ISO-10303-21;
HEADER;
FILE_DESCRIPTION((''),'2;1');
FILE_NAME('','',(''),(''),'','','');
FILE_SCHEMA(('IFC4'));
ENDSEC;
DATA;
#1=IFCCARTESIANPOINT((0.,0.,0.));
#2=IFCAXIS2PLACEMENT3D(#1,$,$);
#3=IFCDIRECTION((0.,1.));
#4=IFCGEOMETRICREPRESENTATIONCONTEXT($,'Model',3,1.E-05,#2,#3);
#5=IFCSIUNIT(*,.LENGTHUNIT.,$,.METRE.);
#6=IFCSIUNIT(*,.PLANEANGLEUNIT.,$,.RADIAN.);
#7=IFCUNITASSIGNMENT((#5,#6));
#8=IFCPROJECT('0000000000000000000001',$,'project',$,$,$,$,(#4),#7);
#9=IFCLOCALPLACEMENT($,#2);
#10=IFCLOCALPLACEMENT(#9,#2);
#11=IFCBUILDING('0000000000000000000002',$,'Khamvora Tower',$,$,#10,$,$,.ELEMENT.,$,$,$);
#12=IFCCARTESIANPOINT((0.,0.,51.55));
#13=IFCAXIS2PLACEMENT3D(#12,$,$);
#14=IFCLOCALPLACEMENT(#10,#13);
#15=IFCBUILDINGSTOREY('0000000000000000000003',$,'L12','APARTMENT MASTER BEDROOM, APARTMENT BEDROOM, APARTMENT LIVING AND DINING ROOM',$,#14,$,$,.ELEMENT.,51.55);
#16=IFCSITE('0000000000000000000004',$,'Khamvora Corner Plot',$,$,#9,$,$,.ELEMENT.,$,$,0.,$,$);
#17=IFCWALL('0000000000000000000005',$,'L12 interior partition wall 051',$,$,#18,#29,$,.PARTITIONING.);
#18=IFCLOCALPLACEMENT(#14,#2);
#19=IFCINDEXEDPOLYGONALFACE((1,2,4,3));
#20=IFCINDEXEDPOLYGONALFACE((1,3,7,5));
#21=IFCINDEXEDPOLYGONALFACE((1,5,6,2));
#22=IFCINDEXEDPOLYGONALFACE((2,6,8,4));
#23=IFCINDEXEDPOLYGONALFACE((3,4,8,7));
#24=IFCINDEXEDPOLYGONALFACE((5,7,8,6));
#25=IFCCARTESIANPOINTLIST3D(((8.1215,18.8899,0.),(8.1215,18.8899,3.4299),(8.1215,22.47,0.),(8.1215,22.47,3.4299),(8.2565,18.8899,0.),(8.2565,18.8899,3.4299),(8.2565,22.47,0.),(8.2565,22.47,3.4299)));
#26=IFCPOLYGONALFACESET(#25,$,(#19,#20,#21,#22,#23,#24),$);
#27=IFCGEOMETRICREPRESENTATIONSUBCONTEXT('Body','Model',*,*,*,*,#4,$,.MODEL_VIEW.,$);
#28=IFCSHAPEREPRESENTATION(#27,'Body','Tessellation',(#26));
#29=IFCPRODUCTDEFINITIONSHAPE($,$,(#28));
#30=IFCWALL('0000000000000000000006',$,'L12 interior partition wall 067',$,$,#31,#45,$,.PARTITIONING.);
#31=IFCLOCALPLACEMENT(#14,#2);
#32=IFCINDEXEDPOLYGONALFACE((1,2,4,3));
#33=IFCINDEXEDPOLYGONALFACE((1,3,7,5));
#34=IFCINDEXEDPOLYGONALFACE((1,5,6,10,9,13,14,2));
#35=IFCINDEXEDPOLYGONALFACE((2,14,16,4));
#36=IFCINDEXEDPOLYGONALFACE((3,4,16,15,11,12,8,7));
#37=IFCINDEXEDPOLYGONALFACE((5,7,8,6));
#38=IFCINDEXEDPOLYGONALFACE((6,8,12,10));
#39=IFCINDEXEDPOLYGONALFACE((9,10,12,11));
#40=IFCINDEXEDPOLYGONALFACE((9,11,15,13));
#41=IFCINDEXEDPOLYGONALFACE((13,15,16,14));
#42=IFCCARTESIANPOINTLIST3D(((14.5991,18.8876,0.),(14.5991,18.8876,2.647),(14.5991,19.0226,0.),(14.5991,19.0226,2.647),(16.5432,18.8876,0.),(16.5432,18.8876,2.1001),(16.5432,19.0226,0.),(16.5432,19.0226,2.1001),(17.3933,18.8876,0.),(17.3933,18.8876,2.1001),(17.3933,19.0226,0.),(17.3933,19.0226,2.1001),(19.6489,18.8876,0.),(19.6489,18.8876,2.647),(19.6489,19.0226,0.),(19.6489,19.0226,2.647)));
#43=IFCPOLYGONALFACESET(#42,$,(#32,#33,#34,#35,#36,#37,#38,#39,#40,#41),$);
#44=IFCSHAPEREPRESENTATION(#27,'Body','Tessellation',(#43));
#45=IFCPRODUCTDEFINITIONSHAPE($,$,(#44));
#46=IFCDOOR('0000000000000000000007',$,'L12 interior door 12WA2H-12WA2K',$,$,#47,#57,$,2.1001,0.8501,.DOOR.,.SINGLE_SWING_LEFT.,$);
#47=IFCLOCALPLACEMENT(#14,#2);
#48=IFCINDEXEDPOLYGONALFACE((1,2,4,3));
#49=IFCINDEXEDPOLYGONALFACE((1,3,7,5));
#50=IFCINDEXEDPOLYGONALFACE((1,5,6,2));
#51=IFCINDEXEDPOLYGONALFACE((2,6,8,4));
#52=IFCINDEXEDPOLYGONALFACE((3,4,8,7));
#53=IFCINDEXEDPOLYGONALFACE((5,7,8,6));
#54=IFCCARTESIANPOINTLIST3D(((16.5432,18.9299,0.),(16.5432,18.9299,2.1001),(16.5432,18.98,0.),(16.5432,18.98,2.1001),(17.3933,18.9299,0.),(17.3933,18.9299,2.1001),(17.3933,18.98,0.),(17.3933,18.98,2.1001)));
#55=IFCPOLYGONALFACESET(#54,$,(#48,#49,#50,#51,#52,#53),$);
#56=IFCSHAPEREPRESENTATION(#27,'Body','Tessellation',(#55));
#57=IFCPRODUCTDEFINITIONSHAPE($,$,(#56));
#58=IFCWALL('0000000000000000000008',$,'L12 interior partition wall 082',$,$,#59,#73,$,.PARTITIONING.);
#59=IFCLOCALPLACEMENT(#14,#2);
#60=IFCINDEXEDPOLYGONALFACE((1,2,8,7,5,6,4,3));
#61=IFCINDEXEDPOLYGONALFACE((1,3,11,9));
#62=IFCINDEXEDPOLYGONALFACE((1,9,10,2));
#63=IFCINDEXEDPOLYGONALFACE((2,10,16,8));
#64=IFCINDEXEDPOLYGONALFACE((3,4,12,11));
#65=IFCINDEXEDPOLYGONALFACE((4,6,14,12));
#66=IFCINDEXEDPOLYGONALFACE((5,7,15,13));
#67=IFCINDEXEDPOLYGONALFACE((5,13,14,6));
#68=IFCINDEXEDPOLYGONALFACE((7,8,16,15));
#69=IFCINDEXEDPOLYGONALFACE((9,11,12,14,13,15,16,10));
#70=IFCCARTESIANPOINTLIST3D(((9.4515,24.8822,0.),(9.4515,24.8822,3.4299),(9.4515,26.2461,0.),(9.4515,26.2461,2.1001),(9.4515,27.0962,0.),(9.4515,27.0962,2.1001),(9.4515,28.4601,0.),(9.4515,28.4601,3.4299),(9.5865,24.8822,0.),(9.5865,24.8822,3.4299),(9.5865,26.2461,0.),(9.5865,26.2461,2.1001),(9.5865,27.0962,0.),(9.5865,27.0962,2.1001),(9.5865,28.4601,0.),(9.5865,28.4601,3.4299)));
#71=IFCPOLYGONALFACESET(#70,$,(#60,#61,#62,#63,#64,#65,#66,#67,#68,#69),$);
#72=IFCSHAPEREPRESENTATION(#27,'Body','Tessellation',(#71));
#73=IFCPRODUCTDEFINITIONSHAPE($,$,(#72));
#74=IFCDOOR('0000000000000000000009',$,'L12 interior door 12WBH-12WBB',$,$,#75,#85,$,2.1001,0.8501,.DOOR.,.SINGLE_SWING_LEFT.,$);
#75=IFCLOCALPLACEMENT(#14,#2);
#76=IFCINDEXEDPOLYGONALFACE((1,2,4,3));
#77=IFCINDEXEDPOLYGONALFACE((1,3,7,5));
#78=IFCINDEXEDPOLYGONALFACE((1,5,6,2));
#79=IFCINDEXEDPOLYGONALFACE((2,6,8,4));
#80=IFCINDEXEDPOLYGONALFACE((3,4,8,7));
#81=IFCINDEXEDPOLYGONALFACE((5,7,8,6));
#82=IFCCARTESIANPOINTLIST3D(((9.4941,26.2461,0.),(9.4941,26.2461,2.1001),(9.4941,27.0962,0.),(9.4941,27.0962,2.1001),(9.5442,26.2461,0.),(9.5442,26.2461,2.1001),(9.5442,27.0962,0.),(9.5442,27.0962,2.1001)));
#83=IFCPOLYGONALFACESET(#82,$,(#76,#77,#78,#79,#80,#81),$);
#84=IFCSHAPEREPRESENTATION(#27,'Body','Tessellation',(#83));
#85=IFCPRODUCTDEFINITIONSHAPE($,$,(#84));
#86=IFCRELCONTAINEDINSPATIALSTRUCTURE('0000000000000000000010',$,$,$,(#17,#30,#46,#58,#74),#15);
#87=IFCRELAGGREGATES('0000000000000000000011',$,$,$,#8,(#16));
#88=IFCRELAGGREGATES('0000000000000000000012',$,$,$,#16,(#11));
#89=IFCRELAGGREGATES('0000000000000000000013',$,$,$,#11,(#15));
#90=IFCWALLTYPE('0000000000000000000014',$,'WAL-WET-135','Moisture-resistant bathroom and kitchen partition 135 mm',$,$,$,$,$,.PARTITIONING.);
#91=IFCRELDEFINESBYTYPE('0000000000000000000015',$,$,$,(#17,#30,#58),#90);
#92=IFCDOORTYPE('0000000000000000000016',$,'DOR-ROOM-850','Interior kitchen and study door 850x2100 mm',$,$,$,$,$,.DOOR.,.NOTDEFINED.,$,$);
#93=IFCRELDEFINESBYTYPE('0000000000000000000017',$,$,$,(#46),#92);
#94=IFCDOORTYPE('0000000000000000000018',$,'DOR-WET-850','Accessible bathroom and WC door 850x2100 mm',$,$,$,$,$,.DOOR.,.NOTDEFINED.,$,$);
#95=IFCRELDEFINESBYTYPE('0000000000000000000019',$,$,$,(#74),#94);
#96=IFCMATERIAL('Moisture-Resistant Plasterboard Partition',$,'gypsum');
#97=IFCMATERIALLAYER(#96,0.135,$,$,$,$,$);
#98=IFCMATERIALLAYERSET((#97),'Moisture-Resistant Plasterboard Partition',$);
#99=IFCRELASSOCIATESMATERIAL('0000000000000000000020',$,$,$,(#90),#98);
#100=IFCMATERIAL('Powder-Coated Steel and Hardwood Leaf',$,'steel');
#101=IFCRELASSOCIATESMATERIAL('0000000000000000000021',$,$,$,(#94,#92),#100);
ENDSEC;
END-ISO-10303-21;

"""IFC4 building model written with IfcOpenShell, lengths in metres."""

from ifc_helpers import new_model, si_unit, direction, frame, frame_2d, origin, place, context, subcontext, project, spatial, rectangle, extrude, material, layer, layer_set, type_object, element, fill, save


model = new_model("IFC4")

# Units and contexts
model_context = context("Model", 3, precision=1e-05, world=origin(), true_north=direction((0.0, 1.0)))
body_context = subcontext(model_context, "Body", "Model", "MODEL_VIEW")
ifc_project = project(units=[si_unit("LENGTHUNIT", "METRE"), si_unit("PLANEANGLEUNIT", "RADIAN")], contexts=[model_context])

# Site, building, storey
site_placement = place(None, origin())
site = spatial("IfcSite", under=ifc_project, at=site_placement, Name="Khamvora Corner Plot", CompositionType="ELEMENT", RefElevation=0.0)
building_placement = place(site_placement, origin())
building = spatial("IfcBuilding", under=site, at=building_placement, Name="Khamvora Tower", CompositionType="ELEMENT")
storey_placement = place(building_placement, frame((0.0, 0.0, 51.55)))
storey = spatial("IfcBuildingStorey", under=building, at=storey_placement, Name="L12", Description="APARTMENT MASTER BEDROOM, APARTMENT BEDROOM, APARTMENT LIVING AND DINING ROOM", CompositionType="ELEMENT", Elevation=51.55)

# Shared definitions
ifc_material_1 = material(Name="Powder-Coated Steel and Hardwood Leaf", Category="steel")

# Shared definitions
ifc_material_2 = material(Name="Moisture-Resistant Plasterboard Partition", Category="gypsum")
ifc_layer_1 = layer(ifc_material_2, 0.135)
ifc_layer_set_1 = layer_set([ifc_layer_1], Name="Moisture-Resistant Plasterboard Partition")
wall_type_1 = type_object("IfcWallType", Name="WAL-WET-135", Description="Moisture-resistant bathroom and kitchen partition 135 mm", PredefinedType="PARTITIONING", material=ifc_layer_set_1)

# Shared definitions
door_type_1 = type_object("IfcDoorType", Name="DOR-WET-850", Description="Accessible bathroom and WC door 850x2100 mm", OperationType="NOTDEFINED", PredefinedType="DOOR", material=ifc_material_1)
door_type_2 = type_object("IfcDoorType", Name="DOR-ROOM-850", Description="Interior kitchen and study door 850x2100 mm", OperationType="NOTDEFINED", PredefinedType="DOOR", material=ifc_material_1)

# Wall
wall_1_placement = place(storey_placement, frame((8.189, 18.8899, 0.0), z_axis=(0.0, 0.0, 1.0), x_axis=(0.0, 1.0, 0.0)))
element("IfcWall", 1, at=wall_1_placement, inside=storey, type_object=wall_type_1, Name="L12 interior partition wall 051", PredefinedType="PARTITIONING", context=body_context, shape_type="SweptSolid", body=[
    extrude(rectangle(XDim=3.5801, YDim=0.135, at=frame_2d((1.79, 0.0))), origin(), (0.0, 0.0, 1.0), 3.4299),
])

# Walls, openings, doors
wall_2_placement = place(storey_placement, frame((14.5991, 18.9551, 0.0), z_axis=(0.0, 0.0, 1.0), x_axis=(1.0, 0.0, 0.0)))
wall_2 = element("IfcWall", 2, at=wall_2_placement, inside=storey, type_object=wall_type_1, Name="L12 interior partition wall 067", PredefinedType="PARTITIONING", context=body_context, shape_type="SweptSolid", body=[
    extrude(rectangle(XDim=5.0498, YDim=0.135, at=frame_2d((2.5249, 0.0))), origin(), (0.0, 0.0, 1.0), 2.647),
])
opening_1_placement = place(wall_2_placement, frame((1.9441, 0.0, 0.0)))
opening_1 = element("IfcOpeningElement", 3, at=opening_1_placement, cuts=wall_2, PredefinedType="OPENING", context=body_context, shape_type="SweptSolid", body=[
    extrude(rectangle(XDim=0.8501, YDim=2.1001, at=frame_2d((0.425, 1.05))), frame((0.0, 0.0774, 0.0), z_axis=(0.0, -1.0, 0.0), x_axis=(1.0, 0.0, 0.0)), (0.0, 0.0, 1.0), 0.155),
])
door_1_placement = place(opening_1_placement, origin())
door_1 = element("IfcDoor", 4, at=door_1_placement, inside=storey, type_object=door_type_2, Name="L12 interior door 12WA2H-12WA2K", OperationType="SINGLE_SWING_LEFT", OverallHeight=2.1001, OverallWidth=0.8501, PredefinedType="DOOR", context=body_context, shape_type="SweptSolid", body=[
    extrude(rectangle(XDim=0.8501, YDim=2.1001, at=frame_2d((0.425, 1.05))), frame((0.0, 0.0249, 0.0), z_axis=(0.0, -1.0, 0.0), x_axis=(1.0, 0.0, 0.0)), (0.0, 0.0, 1.0), 0.05),
])
fill(opening_1, door_1)
wall_3_placement = place(storey_placement, frame((9.519, 24.8821, 0.0), z_axis=(0.0, 0.0, 1.0), x_axis=(0.0, 1.0, 0.0)))
wall_3 = element("IfcWall", 5, at=wall_3_placement, inside=storey, type_object=wall_type_1, Name="L12 interior partition wall 082", PredefinedType="PARTITIONING", context=body_context, shape_type="SweptSolid", body=[
    extrude(rectangle(XDim=3.5779, YDim=0.135, at=frame_2d((1.7891, 0.0))), origin(), (0.0, 0.0, 1.0), 3.4299),
])
opening_2_placement = place(wall_3_placement, frame((1.364, 0.0, 0.0)))
opening_2 = element("IfcOpeningElement", 6, at=opening_2_placement, cuts=wall_3, PredefinedType="OPENING", context=body_context, shape_type="SweptSolid", body=[
    extrude(rectangle(XDim=0.8501, YDim=2.1001, at=frame_2d((0.425, 1.05))), frame((0.0, 0.0774, 0.0), z_axis=(0.0, -1.0, 0.0), x_axis=(1.0, 0.0, 0.0)), (0.0, 0.0, 1.0), 0.155),
])
door_2_placement = place(opening_2_placement, origin())
door_2 = element("IfcDoor", 7, at=door_2_placement, inside=storey, type_object=door_type_1, Name="L12 interior door 12WBH-12WBB", OperationType="SINGLE_SWING_LEFT", OverallHeight=2.1001, OverallWidth=0.8501, PredefinedType="DOOR", context=body_context, shape_type="SweptSolid", body=[
    extrude(rectangle(XDim=0.8501, YDim=2.1001, at=frame_2d((0.425, 1.05))), frame((0.0, 0.0249, 0.0), z_axis=(0.0, -1.0, 0.0), x_axis=(1.0, 0.0, 0.0)), (0.0, 0.0, 1.0), 0.05),
])
fill(opening_2, door_2)

save(model, "model.ifc")
